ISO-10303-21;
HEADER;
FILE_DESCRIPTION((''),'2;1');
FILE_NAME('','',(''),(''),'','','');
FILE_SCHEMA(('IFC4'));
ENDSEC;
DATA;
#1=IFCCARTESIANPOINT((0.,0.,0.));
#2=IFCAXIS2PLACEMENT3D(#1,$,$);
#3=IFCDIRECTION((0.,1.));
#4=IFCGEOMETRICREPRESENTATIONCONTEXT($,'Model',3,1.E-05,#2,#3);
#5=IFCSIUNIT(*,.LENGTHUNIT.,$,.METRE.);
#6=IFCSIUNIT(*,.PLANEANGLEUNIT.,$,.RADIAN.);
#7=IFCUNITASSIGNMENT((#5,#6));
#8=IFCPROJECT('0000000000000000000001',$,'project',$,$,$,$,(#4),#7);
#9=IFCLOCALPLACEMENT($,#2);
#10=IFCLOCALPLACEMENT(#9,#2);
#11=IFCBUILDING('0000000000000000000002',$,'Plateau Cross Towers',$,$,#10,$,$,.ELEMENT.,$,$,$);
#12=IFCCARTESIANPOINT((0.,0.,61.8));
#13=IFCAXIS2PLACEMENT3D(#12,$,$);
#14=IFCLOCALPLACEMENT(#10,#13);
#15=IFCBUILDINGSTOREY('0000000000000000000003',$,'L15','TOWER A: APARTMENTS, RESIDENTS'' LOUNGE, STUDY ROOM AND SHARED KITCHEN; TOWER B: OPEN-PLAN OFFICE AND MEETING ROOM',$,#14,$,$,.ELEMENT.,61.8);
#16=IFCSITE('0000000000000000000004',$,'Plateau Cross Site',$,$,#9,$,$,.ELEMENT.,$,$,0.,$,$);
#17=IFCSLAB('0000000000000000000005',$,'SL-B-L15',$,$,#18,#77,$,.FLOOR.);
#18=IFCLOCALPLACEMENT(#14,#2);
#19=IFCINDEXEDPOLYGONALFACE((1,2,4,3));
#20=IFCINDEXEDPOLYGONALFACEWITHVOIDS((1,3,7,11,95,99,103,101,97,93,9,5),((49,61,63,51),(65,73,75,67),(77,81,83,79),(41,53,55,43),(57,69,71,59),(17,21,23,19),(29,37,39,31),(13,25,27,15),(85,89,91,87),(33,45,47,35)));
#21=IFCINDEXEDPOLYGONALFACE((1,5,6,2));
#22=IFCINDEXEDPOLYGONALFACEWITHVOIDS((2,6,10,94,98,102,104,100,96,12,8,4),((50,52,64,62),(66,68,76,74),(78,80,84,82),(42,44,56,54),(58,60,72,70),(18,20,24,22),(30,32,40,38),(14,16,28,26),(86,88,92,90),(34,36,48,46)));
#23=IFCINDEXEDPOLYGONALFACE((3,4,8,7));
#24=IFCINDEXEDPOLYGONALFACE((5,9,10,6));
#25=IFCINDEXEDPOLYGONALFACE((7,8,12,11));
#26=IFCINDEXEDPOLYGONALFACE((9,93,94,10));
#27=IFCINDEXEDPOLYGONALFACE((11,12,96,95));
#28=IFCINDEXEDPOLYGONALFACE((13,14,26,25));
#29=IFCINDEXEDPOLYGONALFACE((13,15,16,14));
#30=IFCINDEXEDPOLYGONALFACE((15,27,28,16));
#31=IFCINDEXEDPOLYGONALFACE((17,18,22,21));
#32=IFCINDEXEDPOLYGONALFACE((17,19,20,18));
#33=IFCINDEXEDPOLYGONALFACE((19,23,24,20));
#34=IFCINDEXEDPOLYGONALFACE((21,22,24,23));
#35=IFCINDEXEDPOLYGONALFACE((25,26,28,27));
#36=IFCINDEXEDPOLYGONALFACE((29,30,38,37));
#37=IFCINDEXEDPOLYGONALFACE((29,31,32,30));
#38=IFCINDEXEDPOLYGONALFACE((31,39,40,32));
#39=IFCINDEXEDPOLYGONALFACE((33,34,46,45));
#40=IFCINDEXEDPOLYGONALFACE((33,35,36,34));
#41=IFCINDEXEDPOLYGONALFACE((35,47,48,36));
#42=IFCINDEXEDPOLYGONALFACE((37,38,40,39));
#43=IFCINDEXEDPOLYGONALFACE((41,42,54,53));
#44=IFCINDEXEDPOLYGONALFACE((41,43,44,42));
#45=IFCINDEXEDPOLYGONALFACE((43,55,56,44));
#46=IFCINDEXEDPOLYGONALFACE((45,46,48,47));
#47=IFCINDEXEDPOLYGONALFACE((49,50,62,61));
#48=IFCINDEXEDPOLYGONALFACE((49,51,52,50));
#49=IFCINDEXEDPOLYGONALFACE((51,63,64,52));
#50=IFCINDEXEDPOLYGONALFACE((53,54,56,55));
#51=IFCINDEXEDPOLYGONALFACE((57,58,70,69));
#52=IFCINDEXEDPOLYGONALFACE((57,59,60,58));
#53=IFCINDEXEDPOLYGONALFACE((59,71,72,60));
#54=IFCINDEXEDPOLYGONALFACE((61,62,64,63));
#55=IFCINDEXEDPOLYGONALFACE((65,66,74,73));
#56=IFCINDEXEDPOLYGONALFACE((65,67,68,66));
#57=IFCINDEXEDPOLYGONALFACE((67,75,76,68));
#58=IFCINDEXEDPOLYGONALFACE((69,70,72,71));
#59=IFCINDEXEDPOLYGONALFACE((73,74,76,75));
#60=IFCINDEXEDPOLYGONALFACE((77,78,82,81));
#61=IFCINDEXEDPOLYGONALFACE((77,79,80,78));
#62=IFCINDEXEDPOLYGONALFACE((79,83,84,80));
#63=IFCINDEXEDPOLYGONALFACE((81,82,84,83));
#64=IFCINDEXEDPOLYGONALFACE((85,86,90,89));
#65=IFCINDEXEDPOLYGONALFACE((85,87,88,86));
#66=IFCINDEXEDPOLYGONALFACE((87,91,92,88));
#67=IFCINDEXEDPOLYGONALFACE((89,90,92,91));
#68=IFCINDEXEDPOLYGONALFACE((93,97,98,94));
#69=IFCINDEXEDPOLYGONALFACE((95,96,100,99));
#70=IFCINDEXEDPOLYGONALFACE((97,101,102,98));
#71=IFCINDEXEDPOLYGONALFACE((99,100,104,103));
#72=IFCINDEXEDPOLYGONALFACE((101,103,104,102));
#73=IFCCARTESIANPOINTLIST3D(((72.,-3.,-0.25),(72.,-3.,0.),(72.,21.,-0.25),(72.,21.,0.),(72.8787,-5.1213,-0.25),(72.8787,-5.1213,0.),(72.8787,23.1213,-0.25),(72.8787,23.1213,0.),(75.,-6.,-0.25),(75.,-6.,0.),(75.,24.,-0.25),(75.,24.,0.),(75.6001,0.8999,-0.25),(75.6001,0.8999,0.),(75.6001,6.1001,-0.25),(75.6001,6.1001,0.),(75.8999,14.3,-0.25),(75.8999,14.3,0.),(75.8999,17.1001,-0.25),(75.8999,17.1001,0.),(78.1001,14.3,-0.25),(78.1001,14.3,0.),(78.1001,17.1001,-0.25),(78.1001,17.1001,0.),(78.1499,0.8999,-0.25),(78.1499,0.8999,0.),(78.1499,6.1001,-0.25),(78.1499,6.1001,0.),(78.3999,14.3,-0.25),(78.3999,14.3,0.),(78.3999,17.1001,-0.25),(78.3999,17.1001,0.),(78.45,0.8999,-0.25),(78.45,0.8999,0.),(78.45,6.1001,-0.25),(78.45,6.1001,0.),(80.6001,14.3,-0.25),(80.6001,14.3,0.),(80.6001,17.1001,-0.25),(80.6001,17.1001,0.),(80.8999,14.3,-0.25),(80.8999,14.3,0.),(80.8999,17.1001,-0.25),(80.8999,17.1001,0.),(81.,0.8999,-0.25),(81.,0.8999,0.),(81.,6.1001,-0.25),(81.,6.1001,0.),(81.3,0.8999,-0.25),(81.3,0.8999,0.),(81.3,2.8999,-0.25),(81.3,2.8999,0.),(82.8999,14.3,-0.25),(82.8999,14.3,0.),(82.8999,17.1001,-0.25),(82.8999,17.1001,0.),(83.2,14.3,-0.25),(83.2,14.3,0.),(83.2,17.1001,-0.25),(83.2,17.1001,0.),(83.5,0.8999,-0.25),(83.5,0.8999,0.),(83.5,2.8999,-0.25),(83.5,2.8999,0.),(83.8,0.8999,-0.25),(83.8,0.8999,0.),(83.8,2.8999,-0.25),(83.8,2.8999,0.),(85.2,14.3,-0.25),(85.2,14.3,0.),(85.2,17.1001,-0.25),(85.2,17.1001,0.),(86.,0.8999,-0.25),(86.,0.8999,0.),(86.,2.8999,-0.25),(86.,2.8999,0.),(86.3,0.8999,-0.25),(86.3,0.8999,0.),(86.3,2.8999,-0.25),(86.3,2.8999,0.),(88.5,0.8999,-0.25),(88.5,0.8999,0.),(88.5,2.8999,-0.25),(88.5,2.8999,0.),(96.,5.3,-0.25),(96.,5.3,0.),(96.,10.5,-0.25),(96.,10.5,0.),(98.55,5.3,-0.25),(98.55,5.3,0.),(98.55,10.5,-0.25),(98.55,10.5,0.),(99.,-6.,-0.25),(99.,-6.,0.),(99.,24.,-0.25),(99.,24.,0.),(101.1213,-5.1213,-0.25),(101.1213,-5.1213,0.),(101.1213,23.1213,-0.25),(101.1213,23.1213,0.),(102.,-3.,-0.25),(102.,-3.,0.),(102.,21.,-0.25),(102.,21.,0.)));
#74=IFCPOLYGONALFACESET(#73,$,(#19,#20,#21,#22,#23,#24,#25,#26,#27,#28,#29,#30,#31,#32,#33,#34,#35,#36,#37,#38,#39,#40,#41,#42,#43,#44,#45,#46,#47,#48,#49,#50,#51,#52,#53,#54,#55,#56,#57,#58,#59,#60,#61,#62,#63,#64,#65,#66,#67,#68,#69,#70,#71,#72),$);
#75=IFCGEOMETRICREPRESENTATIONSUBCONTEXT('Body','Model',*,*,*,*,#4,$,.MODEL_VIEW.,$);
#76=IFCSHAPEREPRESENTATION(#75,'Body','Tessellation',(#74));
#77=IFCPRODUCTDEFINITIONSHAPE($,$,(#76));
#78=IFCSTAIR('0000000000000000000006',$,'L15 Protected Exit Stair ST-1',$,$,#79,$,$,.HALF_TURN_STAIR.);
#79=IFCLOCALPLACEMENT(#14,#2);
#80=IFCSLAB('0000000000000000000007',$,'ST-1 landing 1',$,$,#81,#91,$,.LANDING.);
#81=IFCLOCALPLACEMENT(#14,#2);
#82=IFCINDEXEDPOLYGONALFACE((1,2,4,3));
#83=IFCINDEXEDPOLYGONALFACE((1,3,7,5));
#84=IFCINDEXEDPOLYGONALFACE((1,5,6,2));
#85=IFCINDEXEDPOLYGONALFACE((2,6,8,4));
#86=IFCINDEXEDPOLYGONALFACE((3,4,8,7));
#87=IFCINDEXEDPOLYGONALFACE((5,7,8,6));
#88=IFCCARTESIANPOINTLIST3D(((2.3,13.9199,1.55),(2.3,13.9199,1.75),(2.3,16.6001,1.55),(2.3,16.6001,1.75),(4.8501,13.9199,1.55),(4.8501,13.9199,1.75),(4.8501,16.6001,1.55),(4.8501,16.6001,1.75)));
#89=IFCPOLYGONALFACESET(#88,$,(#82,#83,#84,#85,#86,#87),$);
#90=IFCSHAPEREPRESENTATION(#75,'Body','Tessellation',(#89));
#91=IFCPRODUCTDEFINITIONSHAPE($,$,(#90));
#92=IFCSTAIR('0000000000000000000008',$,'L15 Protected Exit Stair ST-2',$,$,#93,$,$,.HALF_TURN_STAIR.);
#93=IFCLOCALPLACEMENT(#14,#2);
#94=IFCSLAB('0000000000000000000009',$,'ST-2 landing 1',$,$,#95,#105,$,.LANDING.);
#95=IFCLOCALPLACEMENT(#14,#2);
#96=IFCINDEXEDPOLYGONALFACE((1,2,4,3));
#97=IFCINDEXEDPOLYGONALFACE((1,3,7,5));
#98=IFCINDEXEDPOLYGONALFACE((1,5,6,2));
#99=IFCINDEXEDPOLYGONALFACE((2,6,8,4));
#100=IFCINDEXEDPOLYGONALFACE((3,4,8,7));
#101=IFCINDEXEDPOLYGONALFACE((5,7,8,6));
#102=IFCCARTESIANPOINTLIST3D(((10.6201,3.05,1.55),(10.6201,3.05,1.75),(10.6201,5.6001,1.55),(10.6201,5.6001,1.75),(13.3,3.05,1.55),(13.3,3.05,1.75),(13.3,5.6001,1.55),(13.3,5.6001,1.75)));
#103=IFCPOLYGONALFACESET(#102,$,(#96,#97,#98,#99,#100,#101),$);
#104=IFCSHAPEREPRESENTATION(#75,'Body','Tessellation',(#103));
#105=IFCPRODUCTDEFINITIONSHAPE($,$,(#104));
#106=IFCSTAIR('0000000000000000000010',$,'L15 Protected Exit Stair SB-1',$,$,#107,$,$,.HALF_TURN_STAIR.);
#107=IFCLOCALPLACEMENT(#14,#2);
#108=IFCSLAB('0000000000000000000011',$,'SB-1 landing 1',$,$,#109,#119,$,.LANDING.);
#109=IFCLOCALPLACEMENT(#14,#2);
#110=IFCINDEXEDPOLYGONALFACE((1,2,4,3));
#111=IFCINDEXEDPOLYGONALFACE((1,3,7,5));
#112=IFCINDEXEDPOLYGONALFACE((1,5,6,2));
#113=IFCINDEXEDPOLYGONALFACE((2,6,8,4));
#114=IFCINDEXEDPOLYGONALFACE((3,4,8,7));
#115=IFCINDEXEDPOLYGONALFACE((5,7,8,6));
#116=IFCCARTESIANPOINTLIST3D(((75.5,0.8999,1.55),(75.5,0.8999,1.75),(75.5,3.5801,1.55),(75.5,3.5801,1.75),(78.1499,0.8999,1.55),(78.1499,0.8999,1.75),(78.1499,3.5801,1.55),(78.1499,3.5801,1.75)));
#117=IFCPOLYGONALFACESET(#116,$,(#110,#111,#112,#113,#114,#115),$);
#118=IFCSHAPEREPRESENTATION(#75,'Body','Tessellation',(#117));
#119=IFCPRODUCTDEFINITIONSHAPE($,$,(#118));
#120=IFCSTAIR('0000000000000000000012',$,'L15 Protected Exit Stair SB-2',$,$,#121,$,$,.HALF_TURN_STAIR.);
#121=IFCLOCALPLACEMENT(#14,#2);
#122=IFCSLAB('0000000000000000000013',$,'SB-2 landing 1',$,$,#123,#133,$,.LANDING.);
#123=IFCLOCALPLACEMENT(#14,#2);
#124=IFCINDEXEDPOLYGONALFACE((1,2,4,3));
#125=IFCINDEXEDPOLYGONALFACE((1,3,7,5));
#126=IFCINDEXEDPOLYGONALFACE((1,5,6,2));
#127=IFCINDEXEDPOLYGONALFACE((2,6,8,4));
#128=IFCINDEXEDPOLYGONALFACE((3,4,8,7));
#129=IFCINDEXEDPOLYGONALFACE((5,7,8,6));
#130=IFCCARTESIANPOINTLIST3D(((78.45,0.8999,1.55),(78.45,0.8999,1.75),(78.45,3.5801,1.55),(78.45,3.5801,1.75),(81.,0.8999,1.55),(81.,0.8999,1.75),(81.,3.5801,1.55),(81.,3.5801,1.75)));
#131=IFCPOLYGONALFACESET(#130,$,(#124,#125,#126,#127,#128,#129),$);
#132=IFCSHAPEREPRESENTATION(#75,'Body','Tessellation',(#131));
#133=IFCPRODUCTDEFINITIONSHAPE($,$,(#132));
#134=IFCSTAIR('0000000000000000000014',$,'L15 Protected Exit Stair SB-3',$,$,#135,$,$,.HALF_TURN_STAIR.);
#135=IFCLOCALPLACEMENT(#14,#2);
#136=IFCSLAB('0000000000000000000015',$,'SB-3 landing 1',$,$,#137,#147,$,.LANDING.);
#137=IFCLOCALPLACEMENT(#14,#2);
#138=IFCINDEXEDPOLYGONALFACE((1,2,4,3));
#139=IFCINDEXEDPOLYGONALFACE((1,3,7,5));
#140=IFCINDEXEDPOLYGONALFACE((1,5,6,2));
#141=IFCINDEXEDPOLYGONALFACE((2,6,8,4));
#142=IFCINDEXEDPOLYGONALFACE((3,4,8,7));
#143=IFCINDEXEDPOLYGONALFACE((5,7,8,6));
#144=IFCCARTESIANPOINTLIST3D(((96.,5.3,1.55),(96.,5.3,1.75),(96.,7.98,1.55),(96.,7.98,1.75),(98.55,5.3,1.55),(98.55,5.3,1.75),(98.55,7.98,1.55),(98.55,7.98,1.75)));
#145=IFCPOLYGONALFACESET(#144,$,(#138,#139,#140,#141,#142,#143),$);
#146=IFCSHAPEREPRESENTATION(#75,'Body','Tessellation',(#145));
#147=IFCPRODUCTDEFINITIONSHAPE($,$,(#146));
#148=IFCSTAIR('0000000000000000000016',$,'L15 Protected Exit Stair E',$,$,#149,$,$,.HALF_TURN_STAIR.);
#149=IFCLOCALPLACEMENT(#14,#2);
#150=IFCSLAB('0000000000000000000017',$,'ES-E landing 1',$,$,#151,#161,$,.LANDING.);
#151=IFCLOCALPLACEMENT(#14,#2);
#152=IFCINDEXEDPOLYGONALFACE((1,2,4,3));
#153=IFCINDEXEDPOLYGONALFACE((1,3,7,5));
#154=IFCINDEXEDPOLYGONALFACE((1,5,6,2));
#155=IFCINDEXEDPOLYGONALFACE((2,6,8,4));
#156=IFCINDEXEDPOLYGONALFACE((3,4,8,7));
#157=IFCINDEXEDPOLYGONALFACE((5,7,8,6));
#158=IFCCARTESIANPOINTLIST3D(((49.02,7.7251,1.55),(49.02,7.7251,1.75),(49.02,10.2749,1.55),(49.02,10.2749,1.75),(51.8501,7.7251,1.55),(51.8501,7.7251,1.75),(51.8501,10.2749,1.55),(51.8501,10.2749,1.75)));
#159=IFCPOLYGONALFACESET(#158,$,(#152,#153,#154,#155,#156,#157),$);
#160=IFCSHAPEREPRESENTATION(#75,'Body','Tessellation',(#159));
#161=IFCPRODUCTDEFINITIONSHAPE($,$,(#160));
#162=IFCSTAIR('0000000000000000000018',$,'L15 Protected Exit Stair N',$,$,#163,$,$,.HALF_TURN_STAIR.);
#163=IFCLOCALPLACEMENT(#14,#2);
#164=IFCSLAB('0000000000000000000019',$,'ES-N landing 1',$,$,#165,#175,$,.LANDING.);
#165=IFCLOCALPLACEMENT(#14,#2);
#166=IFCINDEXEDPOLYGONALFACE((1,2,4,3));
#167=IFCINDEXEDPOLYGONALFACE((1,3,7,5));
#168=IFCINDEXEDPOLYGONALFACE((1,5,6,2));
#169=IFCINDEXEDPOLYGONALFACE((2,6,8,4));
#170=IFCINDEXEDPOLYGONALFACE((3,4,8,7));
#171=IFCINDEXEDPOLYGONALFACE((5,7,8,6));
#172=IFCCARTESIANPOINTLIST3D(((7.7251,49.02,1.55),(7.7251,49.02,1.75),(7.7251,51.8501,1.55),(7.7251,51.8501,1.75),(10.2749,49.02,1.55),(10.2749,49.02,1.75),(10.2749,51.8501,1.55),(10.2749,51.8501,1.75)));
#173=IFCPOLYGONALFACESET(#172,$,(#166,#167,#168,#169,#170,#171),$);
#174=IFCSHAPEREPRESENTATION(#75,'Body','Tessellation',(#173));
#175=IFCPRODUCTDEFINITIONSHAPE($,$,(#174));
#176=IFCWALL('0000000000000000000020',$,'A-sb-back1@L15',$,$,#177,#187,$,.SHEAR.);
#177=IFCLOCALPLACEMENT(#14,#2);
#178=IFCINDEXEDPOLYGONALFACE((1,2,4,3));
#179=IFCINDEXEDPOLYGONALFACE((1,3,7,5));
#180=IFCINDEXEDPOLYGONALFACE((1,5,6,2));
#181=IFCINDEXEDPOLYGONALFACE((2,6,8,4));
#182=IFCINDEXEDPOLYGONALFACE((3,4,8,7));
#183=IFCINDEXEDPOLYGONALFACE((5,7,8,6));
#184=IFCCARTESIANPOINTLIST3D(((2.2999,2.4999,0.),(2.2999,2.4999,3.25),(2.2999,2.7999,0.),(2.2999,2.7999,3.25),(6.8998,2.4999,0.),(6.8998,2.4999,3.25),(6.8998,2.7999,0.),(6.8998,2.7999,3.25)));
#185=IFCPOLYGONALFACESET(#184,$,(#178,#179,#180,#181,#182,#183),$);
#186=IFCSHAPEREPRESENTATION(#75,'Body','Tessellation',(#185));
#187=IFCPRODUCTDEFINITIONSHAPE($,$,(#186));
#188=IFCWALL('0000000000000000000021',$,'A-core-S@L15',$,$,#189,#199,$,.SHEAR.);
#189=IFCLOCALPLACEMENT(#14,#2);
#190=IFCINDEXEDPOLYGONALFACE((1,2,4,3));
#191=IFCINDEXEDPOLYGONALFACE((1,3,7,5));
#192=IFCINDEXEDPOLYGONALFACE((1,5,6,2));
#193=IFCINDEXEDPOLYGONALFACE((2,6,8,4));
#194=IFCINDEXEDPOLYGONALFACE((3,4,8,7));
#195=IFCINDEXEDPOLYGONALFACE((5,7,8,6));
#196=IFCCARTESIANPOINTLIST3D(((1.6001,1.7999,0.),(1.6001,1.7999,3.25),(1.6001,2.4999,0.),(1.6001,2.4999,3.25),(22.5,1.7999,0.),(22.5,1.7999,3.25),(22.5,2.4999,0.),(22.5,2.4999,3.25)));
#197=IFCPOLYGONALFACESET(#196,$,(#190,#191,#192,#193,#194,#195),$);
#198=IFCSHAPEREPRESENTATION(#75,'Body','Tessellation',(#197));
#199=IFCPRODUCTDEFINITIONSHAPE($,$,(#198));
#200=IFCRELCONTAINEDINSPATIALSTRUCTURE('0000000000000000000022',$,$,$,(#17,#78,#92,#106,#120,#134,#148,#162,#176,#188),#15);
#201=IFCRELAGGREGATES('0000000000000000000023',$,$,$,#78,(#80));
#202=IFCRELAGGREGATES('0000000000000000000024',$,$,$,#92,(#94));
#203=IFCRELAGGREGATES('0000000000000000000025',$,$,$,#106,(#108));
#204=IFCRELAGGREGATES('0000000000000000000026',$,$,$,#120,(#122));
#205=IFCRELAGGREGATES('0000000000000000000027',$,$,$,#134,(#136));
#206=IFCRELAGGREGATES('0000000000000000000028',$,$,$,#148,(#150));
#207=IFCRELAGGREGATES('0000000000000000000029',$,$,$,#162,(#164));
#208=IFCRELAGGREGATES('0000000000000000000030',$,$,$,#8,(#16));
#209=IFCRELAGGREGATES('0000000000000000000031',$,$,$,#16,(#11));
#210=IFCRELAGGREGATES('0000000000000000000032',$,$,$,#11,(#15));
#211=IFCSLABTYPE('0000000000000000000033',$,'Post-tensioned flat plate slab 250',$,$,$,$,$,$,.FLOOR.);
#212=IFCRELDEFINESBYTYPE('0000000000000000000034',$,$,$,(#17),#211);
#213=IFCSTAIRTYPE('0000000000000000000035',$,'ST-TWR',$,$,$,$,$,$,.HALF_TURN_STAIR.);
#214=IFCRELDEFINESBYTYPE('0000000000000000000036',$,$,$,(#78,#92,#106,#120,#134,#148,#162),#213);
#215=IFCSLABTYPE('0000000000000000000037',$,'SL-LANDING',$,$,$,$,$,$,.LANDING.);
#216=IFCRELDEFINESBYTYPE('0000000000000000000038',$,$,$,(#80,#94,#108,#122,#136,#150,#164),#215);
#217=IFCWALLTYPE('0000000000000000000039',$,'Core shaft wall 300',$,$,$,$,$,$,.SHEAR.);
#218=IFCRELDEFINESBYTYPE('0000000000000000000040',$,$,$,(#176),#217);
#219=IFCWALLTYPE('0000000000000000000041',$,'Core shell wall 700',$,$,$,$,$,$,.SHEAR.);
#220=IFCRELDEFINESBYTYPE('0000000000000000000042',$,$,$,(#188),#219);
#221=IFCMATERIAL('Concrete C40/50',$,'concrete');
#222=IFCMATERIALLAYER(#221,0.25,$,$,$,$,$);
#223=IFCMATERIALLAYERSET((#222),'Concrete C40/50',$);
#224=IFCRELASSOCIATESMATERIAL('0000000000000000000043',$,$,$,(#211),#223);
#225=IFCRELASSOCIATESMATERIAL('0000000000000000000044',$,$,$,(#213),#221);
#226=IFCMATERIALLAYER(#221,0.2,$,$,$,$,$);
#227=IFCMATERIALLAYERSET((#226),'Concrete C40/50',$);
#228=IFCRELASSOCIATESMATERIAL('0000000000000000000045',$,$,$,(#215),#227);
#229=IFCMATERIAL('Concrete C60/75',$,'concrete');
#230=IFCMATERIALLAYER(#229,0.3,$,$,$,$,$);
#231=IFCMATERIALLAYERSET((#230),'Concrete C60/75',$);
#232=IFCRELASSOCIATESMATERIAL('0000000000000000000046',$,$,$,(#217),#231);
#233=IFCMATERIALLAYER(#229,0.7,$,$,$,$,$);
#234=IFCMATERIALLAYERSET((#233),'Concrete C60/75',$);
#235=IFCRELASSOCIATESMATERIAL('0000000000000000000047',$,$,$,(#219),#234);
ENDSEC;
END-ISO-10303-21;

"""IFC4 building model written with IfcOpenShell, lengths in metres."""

from ifc_helpers import new_model, si_unit, direction, frame, frame_2d, origin, place, context, subcontext, project, spatial, polyline, rectangle, outline, extrude, material, layer, layer_set, type_object, element, aggregate, save


model = new_model("IFC4")

# Units and contexts
model_context = context("Model", 3, precision=1e-05, world=origin(), true_north=direction((0.0, 1.0)))
body_context = subcontext(model_context, "Body", "Model", "MODEL_VIEW")
ifc_project = project(units=[si_unit("LENGTHUNIT", "METRE"), si_unit("PLANEANGLEUNIT", "RADIAN")], contexts=[model_context])

# Site, building, storey
site_placement = place(None, origin())
site = spatial("IfcSite", under=ifc_project, at=site_placement, Name="Plateau Cross Site", CompositionType="ELEMENT", RefElevation=0.0)
building_placement = place(site_placement, origin())
building = spatial("IfcBuilding", under=site, at=building_placement, Name="Plateau Cross Towers", CompositionType="ELEMENT")
storey_placement = place(building_placement, frame((0.0, 0.0, 61.8)))
storey = spatial("IfcBuildingStorey", under=building, at=storey_placement, Name="L15", Description="TOWER A: APARTMENTS, RESIDENTS' LOUNGE, STUDY ROOM AND SHARED KITCHEN; TOWER B: OPEN-PLAN OFFICE AND MEETING ROOM", CompositionType="ELEMENT", Elevation=61.8)

# Shared definitions
ifc_material_1 = material(Name="Concrete C60/75", Category="concrete")

# Shared definitions
ifc_material_2 = material(Name="Concrete C40/50", Category="concrete")

# Slab
ifc_layer_1 = layer(ifc_material_2, 0.25)
ifc_layer_set_1 = layer_set([ifc_layer_1], Name="Concrete C40/50")
slab_type_1 = type_object("IfcSlabType", Name="Post-tensioned flat plate slab 250", PredefinedType="FLOOR", material=ifc_layer_set_1)
slab_1_placement = place(storey_placement, frame((0.0, 0.0, -0.25)))
element("IfcSlab", 1, at=slab_1_placement, inside=storey, type_object=slab_type_1, Name="SL-B-L15", PredefinedType="FLOOR", context=body_context, shape_type="SweptSolid", body=[
    extrude(outline(polyline([(72.8787, -5.1213), (72.0, -3.0), (72.0, 21.0), (72.8787, 23.1213), (75.0, 24.0), (99.0, 24.0), (101.1213, 23.1213), (102.0, 21.0), (102.0, -3.0), (101.1213, -5.1213), (99.0, -6.0), (75.0, -6.0), (72.8787, -5.1213)]), holes=[polyline([(75.6001, 0.8999), (78.1499, 0.8999), (78.1499, 6.1001), (75.6001, 6.1001), (75.6001, 0.8999)]), polyline([(78.1001, 14.3), (78.1001, 17.1001), (75.8999, 17.1001), (75.8999, 14.3), (78.1001, 14.3)]), polyline([(83.5, 0.8999), (83.5, 2.8999), (81.3, 2.8999), (81.3, 0.8999), (83.5, 0.8999)]), polyline([(86.0, 0.8999), (86.0, 2.8999), (83.8, 2.8999), (83.8, 0.8999), (86.0, 0.8999)]), polyline([(88.5, 0.8999), (88.5, 2.8999), (86.3, 2.8999), (86.3, 0.8999), (88.5, 0.8999)]), polyline([(78.45, 0.8999), (81.0, 0.8999), (81.0, 6.1001), (78.45, 6.1001), (78.45, 0.8999)]), polyline([(96.0, 5.3), (98.55, 5.3), (98.55, 10.5), (96.0, 10.5), (96.0, 5.3)]), polyline([(80.6001, 14.3), (80.6001, 17.1001), (78.3999, 17.1001), (78.3999, 14.3), (80.6001, 14.3)]), polyline([(80.8999, 14.3), (82.8999, 14.3), (82.8999, 17.1001), (80.8999, 17.1001), (80.8999, 14.3)]), polyline([(83.2, 14.3), (85.2, 14.3), (85.2, 17.1001), (83.2, 17.1001), (83.2, 14.3)])]), origin(), (0.0, 0.0, 1.0), 0.25),
])

# Stairs, slabs
stair_type = type_object("IfcStairType", Name="ST-TWR", PredefinedType="HALF_TURN_STAIR", material=ifc_material_2)
stair_1_placement = place(storey_placement, origin())
stair_1 = element("IfcStair", 2, at=stair_1_placement, inside=storey, type_object=stair_type, Name="L15 Protected Exit Stair ST-1", PredefinedType="HALF_TURN_STAIR")
ifc_layer_2 = layer(ifc_material_2, 0.2)
ifc_layer_set_2 = layer_set([ifc_layer_2], Name="Concrete C40/50")
slab_type_2 = type_object("IfcSlabType", Name="SL-LANDING", PredefinedType="LANDING", material=ifc_layer_set_2)
slab_2_placement = place(storey_placement, frame((0.0, 0.0, 1.55)))
slab_2 = element("IfcSlab", 3, at=slab_2_placement, type_object=slab_type_2, Name="ST-1 landing 1", PredefinedType="LANDING", context=body_context, shape_type="SweptSolid", body=[
    extrude(outline(polyline([(4.8501, 13.9199), (4.8501, 16.6001), (2.3, 16.6001), (2.3, 13.9199), (4.8501, 13.9199)])), origin(), (0.0, 0.0, 1.0), 0.2),
])
aggregate(stair_1, [slab_2])
stair_2_placement = place(storey_placement, origin())
stair_2 = element("IfcStair", 4, at=stair_2_placement, inside=storey, type_object=stair_type, Name="L15 Protected Exit Stair ST-2", PredefinedType="HALF_TURN_STAIR")
slab_3_placement = place(storey_placement, frame((0.0, 0.0, 1.55)))
slab_3 = element("IfcSlab", 5, at=slab_3_placement, type_object=slab_type_2, Name="ST-2 landing 1", PredefinedType="LANDING", context=body_context, shape_type="SweptSolid", body=[
    extrude(outline(polyline([(10.6201, 3.05), (13.3, 3.05), (13.3, 5.6001), (10.6201, 5.6001), (10.6201, 3.05)])), origin(), (0.0, 0.0, 1.0), 0.2),
])
aggregate(stair_2, [slab_3])
stair_3_placement = place(storey_placement, origin())
stair_3 = element("IfcStair", 6, at=stair_3_placement, inside=storey, type_object=stair_type, Name="L15 Protected Exit Stair SB-1", PredefinedType="HALF_TURN_STAIR")
slab_4_placement = place(storey_placement, frame((0.0, 0.0, 1.55)))
slab_4 = element("IfcSlab", 7, at=slab_4_placement, type_object=slab_type_2, Name="SB-1 landing 1", PredefinedType="LANDING", context=body_context, shape_type="SweptSolid", body=[
    extrude(outline(polyline([(75.5, 3.5801), (75.5, 0.8999), (78.1499, 0.8999), (78.1499, 3.5801), (75.5, 3.5801)])), origin(), (0.0, 0.0, 1.0), 0.2),
])
aggregate(stair_3, [slab_4])
stair_4_placement = place(storey_placement, origin())
stair_4 = element("IfcStair", 8, at=stair_4_placement, inside=storey, type_object=stair_type, Name="L15 Protected Exit Stair SB-2", PredefinedType="HALF_TURN_STAIR")
slab_5_placement = place(storey_placement, frame((0.0, 0.0, 1.55)))
slab_5 = element("IfcSlab", 9, at=slab_5_placement, type_object=slab_type_2, Name="SB-2 landing 1", PredefinedType="LANDING", context=body_context, shape_type="SweptSolid", body=[
    extrude(outline(polyline([(78.45, 3.5801), (78.45, 0.8999), (81.0, 0.8999), (81.0, 3.5801), (78.45, 3.5801)])), origin(), (0.0, 0.0, 1.0), 0.2),
])
aggregate(stair_4, [slab_5])
stair_5_placement = place(storey_placement, origin())
stair_5 = element("IfcStair", 10, at=stair_5_placement, inside=storey, type_object=stair_type, Name="L15 Protected Exit Stair SB-3", PredefinedType="HALF_TURN_STAIR")
slab_6_placement = place(storey_placement, frame((0.0, 0.0, 1.55)))
slab_6 = element("IfcSlab", 11, at=slab_6_placement, type_object=slab_type_2, Name="SB-3 landing 1", PredefinedType="LANDING", context=body_context, shape_type="SweptSolid", body=[
    extrude(outline(polyline([(96.0, 7.98), (96.0, 5.3), (98.55, 5.3), (98.55, 7.98), (96.0, 7.98)])), origin(), (0.0, 0.0, 1.0), 0.2),
])
aggregate(stair_5, [slab_6])
stair_6_placement = place(storey_placement, origin())
stair_6 = element("IfcStair", 12, at=stair_6_placement, inside=storey, type_object=stair_type, Name="L15 Protected Exit Stair E", PredefinedType="HALF_TURN_STAIR")
slab_7_placement = place(storey_placement, frame((0.0, 0.0, 1.55)))
slab_7 = element("IfcSlab", 13, at=slab_7_placement, type_object=slab_type_2, Name="ES-E landing 1", PredefinedType="LANDING", context=body_context, shape_type="SweptSolid", body=[
    extrude(outline(polyline([(49.02, 7.7251), (51.8501, 7.7251), (51.8501, 10.2749), (49.02, 10.2749), (49.02, 7.7251)])), origin(), (0.0, 0.0, 1.0), 0.2),
])
aggregate(stair_6, [slab_7])
stair_7_placement = place(storey_placement, origin())
stair_7 = element("IfcStair", 14, at=stair_7_placement, inside=storey, type_object=stair_type, Name="L15 Protected Exit Stair N", PredefinedType="HALF_TURN_STAIR")
slab_8_placement = place(storey_placement, frame((0.0, 0.0, 1.55)))
slab_8 = element("IfcSlab", 15, at=slab_8_placement, type_object=slab_type_2, Name="ES-N landing 1", PredefinedType="LANDING", context=body_context, shape_type="SweptSolid", body=[
    extrude(outline(polyline([(10.2749, 49.02), (10.2749, 51.8501), (7.7251, 51.8501), (7.7251, 49.02), (10.2749, 49.02)])), origin(), (0.0, 0.0, 1.0), 0.2),
])
aggregate(stair_7, [slab_8])

# Walls
ifc_layer_3 = layer(ifc_material_1, 0.3)
ifc_layer_set_3 = layer_set([ifc_layer_3], Name="Concrete C60/75")
wall_type_1 = type_object("IfcWallType", Name="Core shaft wall 300", PredefinedType="SHEAR", material=ifc_layer_set_3)
wall_1_placement = place(storey_placement, frame((2.3, 2.6499, 0.0), z_axis=(0.0, 0.0, 1.0), x_axis=(1.0, 0.0, 0.0)))
element("IfcWall", 16, at=wall_1_placement, inside=storey, type_object=wall_type_1, Name="A-sb-back1@L15", PredefinedType="SHEAR", context=body_context, shape_type="SweptSolid", body=[
    extrude(rectangle(XDim=4.5999, YDim=0.3, at=frame_2d((2.2998, 0.0))), origin(), (0.0, 0.0, 1.0), 3.25),
])
ifc_layer_4 = layer(ifc_material_1, 0.7)
ifc_layer_set_4 = layer_set([ifc_layer_4], Name="Concrete C60/75")
wall_type_2 = type_object("IfcWallType", Name="Core shell wall 700", PredefinedType="SHEAR", material=ifc_layer_set_4)
wall_2_placement = place(storey_placement, frame((1.6001, 2.1499, 0.0), z_axis=(0.0, 0.0, 1.0), x_axis=(1.0, 0.0, 0.0)))
element("IfcWall", 17, at=wall_2_placement, inside=storey, type_object=wall_type_2, Name="A-core-S@L15", PredefinedType="SHEAR", context=body_context, shape_type="SweptSolid", body=[
    extrude(rectangle(XDim=20.8999, YDim=0.7, at=frame_2d((10.45, 0.0))), origin(), (0.0, 0.0, 1.0), 3.25),
])

save(model, "model.ifc")
